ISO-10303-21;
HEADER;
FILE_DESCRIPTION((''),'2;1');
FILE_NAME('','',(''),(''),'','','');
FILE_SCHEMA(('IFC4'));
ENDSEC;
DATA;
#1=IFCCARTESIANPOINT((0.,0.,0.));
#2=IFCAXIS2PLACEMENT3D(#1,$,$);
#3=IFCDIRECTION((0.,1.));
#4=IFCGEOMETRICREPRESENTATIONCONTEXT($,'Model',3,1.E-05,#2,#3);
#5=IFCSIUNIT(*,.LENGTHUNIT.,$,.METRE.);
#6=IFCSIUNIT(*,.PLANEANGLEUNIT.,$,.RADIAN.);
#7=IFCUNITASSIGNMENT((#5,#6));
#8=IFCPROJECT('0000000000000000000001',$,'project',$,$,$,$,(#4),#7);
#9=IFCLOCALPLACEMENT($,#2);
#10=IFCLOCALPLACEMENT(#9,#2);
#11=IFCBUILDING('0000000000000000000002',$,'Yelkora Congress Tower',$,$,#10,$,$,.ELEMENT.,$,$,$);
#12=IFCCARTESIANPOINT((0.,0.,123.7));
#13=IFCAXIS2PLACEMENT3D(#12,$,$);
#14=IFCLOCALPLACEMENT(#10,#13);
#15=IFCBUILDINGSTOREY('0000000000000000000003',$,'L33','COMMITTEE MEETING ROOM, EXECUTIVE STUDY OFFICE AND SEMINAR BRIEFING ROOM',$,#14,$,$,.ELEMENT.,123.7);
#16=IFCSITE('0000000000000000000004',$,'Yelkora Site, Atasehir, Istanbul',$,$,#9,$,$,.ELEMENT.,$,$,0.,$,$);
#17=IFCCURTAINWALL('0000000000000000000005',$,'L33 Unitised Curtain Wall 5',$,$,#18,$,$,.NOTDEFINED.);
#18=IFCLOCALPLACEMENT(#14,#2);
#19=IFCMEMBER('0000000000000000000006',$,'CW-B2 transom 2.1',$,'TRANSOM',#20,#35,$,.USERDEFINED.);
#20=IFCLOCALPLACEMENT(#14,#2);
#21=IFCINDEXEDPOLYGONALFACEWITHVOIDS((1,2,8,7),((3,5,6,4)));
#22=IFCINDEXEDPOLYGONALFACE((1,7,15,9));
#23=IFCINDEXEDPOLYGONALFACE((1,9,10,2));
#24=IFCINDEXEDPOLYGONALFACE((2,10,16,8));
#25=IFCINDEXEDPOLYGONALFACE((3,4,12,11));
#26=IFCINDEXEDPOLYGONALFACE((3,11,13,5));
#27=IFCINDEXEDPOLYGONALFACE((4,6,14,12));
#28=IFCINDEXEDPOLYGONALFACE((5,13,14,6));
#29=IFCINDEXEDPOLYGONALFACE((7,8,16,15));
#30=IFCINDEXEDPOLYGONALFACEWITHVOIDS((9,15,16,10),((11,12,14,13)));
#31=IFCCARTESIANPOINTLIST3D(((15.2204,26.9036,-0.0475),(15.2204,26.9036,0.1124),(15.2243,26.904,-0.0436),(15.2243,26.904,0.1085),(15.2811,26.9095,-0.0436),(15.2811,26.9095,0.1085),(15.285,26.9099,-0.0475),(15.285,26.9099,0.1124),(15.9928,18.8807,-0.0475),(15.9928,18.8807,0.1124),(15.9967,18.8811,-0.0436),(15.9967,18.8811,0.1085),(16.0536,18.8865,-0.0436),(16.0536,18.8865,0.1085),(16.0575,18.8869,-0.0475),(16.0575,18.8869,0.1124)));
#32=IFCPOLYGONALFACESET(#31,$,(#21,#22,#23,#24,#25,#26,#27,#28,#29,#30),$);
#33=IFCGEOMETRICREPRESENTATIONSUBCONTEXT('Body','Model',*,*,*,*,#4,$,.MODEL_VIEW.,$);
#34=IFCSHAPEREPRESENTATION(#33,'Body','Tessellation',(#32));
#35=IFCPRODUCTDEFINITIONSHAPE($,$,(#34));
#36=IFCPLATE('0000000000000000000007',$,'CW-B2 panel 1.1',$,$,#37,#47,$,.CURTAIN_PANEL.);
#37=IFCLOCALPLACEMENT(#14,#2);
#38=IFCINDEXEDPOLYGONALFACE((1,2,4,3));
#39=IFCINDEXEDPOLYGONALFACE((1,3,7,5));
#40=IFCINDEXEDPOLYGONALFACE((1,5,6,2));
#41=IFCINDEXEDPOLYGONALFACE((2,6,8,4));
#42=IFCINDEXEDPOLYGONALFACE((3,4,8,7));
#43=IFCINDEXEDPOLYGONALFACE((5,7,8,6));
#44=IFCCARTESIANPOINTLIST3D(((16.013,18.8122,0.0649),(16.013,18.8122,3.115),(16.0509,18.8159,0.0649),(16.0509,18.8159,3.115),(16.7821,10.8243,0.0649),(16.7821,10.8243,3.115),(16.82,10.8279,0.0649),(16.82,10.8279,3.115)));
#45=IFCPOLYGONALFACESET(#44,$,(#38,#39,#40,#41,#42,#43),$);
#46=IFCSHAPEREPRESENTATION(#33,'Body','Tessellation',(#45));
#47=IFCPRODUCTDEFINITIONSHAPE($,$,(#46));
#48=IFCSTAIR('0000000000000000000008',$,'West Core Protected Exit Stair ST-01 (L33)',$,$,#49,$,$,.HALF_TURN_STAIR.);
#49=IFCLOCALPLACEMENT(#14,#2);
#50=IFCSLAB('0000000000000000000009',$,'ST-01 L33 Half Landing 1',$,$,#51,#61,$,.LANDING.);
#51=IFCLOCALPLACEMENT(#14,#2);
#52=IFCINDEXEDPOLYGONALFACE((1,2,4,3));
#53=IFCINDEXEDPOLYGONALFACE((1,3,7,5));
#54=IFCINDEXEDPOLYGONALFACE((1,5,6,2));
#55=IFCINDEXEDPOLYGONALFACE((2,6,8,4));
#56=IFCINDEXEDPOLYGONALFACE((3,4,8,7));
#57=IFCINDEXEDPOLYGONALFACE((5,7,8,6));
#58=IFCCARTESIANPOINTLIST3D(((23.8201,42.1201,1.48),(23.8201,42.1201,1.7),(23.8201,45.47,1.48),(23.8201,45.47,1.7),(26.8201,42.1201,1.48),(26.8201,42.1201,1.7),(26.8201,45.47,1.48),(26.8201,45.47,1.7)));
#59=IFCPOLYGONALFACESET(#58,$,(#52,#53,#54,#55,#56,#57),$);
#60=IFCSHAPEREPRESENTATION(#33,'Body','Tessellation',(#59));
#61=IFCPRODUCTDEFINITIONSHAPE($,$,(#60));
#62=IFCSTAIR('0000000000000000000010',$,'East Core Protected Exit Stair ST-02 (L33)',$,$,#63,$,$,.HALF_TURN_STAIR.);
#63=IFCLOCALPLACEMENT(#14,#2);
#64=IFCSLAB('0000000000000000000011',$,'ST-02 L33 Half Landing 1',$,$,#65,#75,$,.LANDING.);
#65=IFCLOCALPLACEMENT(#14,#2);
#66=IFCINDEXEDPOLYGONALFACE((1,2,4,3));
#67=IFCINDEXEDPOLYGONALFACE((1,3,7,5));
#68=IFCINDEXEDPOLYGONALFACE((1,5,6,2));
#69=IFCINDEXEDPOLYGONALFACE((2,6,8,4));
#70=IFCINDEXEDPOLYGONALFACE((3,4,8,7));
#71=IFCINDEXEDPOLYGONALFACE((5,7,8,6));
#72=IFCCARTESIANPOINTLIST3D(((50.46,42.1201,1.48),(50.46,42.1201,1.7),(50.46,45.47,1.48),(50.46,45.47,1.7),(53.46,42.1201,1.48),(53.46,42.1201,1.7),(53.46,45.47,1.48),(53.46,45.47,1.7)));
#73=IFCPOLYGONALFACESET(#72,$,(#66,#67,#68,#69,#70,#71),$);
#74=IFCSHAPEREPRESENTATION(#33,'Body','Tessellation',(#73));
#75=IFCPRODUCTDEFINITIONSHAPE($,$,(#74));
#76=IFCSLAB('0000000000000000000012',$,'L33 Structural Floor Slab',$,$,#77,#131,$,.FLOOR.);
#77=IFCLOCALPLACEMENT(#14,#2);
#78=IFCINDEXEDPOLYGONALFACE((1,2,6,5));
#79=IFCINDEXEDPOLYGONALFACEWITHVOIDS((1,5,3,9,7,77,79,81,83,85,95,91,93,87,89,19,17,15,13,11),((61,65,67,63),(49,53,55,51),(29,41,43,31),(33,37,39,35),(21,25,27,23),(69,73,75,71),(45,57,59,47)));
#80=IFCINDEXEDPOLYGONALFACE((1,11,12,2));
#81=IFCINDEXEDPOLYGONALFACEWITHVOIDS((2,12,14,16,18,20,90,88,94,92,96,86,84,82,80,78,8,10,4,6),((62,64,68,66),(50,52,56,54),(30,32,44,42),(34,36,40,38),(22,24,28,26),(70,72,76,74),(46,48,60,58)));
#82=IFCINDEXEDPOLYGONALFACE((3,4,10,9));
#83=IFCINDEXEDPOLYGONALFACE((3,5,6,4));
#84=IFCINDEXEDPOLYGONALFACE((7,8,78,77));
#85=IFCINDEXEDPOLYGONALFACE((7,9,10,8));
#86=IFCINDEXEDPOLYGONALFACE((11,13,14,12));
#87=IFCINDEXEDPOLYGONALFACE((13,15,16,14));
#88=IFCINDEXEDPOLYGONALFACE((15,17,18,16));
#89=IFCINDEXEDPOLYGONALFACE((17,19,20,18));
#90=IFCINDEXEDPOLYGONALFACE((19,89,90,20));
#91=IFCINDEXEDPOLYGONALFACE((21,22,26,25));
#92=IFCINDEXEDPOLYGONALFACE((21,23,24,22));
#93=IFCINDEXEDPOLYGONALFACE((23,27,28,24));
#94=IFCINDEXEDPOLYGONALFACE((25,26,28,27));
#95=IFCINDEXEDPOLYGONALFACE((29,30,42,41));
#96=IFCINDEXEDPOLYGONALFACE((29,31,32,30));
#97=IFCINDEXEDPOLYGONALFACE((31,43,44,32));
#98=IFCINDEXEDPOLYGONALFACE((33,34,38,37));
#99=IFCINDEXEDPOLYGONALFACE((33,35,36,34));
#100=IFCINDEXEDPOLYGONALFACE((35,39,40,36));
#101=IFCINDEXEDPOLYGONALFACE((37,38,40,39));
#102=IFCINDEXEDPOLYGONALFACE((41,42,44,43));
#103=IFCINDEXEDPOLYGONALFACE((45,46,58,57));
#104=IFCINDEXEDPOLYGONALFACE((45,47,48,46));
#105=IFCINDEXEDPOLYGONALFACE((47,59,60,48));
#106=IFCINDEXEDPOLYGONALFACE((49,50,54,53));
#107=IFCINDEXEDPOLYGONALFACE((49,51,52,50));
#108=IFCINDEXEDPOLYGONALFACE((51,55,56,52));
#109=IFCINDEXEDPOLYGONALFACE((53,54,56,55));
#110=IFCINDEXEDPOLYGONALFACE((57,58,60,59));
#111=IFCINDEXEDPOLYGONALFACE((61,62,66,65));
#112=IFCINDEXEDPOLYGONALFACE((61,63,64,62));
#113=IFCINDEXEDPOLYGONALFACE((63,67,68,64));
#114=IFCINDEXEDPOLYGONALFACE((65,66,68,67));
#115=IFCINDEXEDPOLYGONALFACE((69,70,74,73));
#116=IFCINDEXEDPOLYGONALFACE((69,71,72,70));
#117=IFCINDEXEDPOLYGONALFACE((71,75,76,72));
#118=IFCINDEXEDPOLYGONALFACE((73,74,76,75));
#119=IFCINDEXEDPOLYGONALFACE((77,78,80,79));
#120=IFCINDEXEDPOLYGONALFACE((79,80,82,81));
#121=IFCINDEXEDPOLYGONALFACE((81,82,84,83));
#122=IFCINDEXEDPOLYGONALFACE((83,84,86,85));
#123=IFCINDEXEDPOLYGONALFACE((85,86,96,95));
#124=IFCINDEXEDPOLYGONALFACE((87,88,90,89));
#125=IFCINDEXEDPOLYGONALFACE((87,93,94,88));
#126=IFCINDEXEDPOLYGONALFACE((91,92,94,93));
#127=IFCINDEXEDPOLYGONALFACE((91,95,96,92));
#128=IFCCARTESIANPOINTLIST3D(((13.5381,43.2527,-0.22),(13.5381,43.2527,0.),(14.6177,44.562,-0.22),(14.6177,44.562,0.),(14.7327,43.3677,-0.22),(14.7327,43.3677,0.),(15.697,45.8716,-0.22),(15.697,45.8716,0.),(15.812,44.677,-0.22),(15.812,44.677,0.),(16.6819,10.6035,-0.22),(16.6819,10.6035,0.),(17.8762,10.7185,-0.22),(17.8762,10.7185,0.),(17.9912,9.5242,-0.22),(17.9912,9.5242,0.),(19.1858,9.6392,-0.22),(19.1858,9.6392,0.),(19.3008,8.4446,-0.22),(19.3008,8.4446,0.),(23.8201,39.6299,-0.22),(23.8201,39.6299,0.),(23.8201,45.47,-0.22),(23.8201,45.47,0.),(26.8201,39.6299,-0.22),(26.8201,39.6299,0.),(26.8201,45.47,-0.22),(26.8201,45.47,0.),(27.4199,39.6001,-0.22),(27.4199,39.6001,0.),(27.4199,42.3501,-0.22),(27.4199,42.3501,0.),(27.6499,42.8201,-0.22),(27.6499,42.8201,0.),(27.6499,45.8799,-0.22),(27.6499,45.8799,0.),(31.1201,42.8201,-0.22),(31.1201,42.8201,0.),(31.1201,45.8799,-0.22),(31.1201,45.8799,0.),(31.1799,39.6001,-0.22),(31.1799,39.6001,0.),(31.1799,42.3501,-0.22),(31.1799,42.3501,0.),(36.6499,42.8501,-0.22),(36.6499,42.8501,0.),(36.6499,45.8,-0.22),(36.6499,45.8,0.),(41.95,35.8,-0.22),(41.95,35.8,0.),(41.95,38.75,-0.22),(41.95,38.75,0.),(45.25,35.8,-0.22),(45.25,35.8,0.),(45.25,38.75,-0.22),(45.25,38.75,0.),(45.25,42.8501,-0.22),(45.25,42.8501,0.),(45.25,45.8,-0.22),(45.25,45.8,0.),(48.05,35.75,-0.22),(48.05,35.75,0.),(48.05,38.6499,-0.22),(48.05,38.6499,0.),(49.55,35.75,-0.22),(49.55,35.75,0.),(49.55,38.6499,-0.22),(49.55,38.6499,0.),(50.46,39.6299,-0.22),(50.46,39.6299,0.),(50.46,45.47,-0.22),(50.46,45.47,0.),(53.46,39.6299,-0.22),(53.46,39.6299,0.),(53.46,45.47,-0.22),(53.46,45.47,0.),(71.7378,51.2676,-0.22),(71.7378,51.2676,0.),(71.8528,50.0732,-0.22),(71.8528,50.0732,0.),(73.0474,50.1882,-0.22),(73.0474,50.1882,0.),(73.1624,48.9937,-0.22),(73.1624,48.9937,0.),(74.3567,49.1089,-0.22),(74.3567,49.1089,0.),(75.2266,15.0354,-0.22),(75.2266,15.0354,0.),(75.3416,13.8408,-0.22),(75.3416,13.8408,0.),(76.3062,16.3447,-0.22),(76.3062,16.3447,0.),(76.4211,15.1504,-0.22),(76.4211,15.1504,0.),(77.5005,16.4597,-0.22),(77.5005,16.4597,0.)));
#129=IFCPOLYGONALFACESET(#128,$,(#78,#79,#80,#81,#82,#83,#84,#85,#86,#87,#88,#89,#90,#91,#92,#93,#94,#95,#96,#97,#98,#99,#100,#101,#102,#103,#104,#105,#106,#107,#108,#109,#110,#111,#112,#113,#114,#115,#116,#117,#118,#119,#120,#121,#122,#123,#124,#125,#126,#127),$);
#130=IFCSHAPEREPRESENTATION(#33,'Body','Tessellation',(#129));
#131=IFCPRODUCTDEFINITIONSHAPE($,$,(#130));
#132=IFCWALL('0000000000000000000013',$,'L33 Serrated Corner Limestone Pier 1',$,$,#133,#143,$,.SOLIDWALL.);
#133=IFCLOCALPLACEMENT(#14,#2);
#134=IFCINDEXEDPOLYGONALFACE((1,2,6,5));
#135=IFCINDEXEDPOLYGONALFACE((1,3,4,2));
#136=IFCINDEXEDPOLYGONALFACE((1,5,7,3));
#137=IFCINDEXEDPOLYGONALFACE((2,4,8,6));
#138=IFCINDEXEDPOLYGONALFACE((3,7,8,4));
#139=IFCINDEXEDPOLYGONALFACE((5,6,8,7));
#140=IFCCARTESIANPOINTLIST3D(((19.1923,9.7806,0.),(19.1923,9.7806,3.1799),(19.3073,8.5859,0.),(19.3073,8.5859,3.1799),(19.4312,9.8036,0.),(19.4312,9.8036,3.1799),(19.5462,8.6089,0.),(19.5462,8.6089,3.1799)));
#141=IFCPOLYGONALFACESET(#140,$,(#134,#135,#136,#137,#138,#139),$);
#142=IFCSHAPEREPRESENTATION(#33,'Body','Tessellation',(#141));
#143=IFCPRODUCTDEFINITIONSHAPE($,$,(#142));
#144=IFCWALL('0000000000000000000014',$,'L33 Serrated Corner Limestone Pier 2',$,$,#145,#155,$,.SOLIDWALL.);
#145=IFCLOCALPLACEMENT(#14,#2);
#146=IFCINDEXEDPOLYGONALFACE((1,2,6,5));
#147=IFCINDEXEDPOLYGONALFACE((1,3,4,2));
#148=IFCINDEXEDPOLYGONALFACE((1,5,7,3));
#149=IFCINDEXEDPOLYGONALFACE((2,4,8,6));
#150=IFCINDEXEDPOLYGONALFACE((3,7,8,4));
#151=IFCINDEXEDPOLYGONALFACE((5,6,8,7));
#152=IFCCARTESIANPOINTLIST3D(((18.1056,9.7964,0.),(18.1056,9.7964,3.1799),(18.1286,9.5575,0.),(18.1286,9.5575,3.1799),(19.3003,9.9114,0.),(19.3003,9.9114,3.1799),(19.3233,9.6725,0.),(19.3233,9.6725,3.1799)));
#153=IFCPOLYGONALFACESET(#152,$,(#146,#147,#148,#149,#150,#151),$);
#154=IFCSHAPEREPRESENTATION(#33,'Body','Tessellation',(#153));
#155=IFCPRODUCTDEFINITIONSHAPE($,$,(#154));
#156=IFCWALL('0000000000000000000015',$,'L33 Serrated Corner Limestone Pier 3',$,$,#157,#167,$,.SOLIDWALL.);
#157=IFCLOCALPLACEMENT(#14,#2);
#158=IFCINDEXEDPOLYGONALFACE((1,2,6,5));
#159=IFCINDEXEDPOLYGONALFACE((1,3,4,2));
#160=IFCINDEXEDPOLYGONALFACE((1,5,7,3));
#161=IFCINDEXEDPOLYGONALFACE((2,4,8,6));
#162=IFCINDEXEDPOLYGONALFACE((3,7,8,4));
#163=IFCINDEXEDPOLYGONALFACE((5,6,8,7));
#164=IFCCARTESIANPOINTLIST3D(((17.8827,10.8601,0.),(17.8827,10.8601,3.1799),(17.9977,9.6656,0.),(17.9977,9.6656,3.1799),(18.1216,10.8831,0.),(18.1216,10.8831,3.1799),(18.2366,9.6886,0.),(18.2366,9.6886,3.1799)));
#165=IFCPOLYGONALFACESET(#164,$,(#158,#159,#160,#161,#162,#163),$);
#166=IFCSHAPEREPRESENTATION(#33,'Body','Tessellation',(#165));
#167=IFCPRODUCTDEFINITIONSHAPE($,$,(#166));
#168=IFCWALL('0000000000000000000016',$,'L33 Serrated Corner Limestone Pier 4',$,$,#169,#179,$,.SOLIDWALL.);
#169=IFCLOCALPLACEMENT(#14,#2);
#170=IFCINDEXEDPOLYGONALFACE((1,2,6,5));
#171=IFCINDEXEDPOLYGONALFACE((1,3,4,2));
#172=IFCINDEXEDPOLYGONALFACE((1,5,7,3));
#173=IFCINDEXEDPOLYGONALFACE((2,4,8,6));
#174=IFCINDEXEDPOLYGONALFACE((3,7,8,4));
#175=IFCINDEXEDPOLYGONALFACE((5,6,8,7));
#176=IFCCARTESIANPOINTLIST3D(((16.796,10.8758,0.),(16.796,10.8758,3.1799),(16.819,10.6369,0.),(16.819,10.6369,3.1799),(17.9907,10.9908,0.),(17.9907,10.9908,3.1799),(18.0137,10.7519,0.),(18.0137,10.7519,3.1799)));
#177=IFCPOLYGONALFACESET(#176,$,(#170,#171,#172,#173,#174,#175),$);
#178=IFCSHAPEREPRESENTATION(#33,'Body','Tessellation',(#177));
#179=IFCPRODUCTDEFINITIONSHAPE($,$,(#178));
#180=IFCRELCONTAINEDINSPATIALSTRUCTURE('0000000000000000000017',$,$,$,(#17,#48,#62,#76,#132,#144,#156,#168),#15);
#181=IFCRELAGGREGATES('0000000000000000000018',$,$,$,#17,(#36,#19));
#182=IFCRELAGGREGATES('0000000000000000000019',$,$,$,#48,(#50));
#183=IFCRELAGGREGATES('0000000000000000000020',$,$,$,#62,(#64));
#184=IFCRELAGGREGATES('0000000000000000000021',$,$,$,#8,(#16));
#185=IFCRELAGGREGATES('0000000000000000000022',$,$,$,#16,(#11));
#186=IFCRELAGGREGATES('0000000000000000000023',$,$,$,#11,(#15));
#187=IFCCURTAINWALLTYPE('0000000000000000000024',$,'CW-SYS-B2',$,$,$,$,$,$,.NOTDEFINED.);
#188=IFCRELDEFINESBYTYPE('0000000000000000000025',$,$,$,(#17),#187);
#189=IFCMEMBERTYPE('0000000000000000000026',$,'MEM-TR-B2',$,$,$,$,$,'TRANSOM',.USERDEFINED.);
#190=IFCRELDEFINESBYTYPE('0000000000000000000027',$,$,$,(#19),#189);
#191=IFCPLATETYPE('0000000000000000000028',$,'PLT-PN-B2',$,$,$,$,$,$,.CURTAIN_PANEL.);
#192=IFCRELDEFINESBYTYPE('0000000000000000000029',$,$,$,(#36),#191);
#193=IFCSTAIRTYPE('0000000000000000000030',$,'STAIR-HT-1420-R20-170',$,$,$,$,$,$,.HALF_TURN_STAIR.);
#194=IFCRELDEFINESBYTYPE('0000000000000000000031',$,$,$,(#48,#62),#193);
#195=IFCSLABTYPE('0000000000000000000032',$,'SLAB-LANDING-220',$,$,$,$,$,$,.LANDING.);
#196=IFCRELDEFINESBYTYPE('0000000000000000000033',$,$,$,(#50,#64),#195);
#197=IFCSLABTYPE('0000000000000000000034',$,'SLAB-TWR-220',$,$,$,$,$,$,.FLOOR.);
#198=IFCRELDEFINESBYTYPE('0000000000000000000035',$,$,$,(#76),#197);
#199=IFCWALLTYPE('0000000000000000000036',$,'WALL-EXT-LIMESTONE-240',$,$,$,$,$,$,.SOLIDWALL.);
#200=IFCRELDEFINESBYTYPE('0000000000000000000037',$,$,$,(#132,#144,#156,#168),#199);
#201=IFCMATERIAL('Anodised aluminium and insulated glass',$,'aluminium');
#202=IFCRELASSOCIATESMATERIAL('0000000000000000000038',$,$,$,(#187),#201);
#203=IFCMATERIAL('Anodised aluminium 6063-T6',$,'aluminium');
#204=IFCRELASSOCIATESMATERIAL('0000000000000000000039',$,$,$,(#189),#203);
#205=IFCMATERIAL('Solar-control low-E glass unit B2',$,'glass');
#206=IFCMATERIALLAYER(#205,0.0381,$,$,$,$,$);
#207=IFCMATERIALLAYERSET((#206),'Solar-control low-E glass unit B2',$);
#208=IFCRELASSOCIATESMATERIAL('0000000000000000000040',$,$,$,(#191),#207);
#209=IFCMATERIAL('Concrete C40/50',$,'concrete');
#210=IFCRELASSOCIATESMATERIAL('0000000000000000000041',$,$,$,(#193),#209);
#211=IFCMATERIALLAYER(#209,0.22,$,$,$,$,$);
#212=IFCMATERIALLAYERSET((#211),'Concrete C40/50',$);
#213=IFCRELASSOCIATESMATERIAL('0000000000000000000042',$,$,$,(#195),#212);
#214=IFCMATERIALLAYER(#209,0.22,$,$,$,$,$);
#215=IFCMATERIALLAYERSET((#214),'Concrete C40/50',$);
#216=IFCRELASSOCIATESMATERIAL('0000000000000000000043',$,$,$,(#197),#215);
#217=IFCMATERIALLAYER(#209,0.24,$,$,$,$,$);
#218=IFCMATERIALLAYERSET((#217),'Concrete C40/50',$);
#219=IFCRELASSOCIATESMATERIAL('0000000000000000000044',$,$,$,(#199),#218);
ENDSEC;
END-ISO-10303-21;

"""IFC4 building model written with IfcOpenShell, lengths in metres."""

from ifc_helpers import new_model, si_unit, direction, frame, frame_2d, origin, origin_2d, place, context, subcontext, project, spatial, polyline, rectangle, hollow_rectangle, outline, extrude, material, layer, layer_set, material_profile, profile_set, type_object, element, aggregate, save


model = new_model("IFC4")

# Units and contexts
model_context = context("Model", 3, precision=1e-05, world=origin(), true_north=direction((0.0, 1.0)))
body_context = subcontext(model_context, "Body", "Model", "MODEL_VIEW")
ifc_project = project(units=[si_unit("LENGTHUNIT", "METRE"), si_unit("PLANEANGLEUNIT", "RADIAN")], contexts=[model_context])

# Site, building, storey
site_placement = place(None, origin())
site = spatial("IfcSite", under=ifc_project, at=site_placement, Name="Yelkora Site, Atasehir, Istanbul", CompositionType="ELEMENT", RefElevation=0.0)
building_placement = place(site_placement, origin())
building = spatial("IfcBuilding", under=site, at=building_placement, Name="Yelkora Congress Tower", CompositionType="ELEMENT")
storey_placement = place(building_placement, frame((0.0, 0.0, 123.7)))
storey = spatial("IfcBuildingStorey", under=building, at=storey_placement, Name="L33", Description="COMMITTEE MEETING ROOM, EXECUTIVE STUDY OFFICE AND SEMINAR BRIEFING ROOM", CompositionType="ELEMENT", Elevation=123.7)

# Curtain wall
ifc_material_1 = material(Name="Anodised aluminium and insulated glass", Category="aluminium")
curtain_wall_type = type_object("IfcCurtainWallType", Name="CW-SYS-B2", PredefinedType="NOTDEFINED", material=ifc_material_1)
curtain_wall_1_placement = place(storey_placement, origin())
curtain_wall_1 = element("IfcCurtainWall", 1, at=curtain_wall_1_placement, inside=storey, type_object=curtain_wall_type, Name="L33 Unitised Curtain Wall 5", PredefinedType="NOTDEFINED")
ifc_material_2 = material(Name="Anodised aluminium 6063-T6", Category="aluminium")

# Member
ifc_material_profile_1 = material_profile(ifc_material_2, hollow_rectangle(XDim=0.0649, YDim=0.1599, WallThickness=0.0039, at=origin_2d()), Name="ALU 65x160x4")
ifc_profile_set_1 = profile_set([ifc_material_profile_1], Name="Anodised aluminium 6063-T6")
member_type_1 = type_object("IfcMemberType", Name="MEM-TR-B2", ElementType="TRANSOM", PredefinedType="USERDEFINED", material=ifc_profile_set_1)
member_1_placement = place(storey_placement, frame((16.0251, 18.8838, 0.0325), z_axis=(-0.095838, 0.995397, 0.0), x_axis=(-0.995397, -0.095838, 0.0)))
member_1 = element("IfcMember", 2, at=member_1_placement, type_object=member_type_1, Name="CW-B2 transom 2.1", ObjectType="TRANSOM", PredefinedType="USERDEFINED", context=body_context, shape_type="SweptSolid", body=[
    extrude(hollow_rectangle(XDim=0.0649, YDim=0.1599, WallThickness=0.0039, at=origin_2d()), origin(), (0.0, 0.0, 1.0), 8.0601),
])

# Plate
ifc_material_3 = material(Name="Solar-control low-E glass unit B2", Category="glass")
ifc_layer_1 = layer(ifc_material_3, 0.0381)
ifc_layer_set_1 = layer_set([ifc_layer_1], Name="Solar-control low-E glass unit B2")
plate_type = type_object("IfcPlateType", Name="PLT-PN-B2", PredefinedType="CURTAIN_PANEL", material=ifc_layer_set_1)
plate_placement = place(storey_placement, frame((16.4165, 14.8201, 0.0649), z_axis=(0.0, 0.0, 1.0), x_axis=(-0.095843, 0.995397, 0.0)))
plate = element("IfcPlate", 3, at=plate_placement, type_object=plate_type, Name="CW-B2 panel 1.1", PredefinedType="CURTAIN_PANEL", context=body_context, shape_type="SweptSolid", body=[
    extrude(rectangle(XDim=8.0249, YDim=0.0381, at=origin_2d()), origin(), (0.0, 0.0, 1.0), 3.05),
])
aggregate(curtain_wall_1, [plate, member_1])

# Stairs, slabs
ifc_material_4 = material(Name="Concrete C40/50", Category="concrete")
stair_type = type_object("IfcStairType", Name="STAIR-HT-1420-R20-170", PredefinedType="HALF_TURN_STAIR", material=ifc_material_4)
stair_1_placement = place(storey_placement, origin())
stair_1 = element("IfcStair", 4, at=stair_1_placement, inside=storey, type_object=stair_type, Name="West Core Protected Exit Stair ST-01 (L33)", PredefinedType="HALF_TURN_STAIR")
ifc_layer_2 = layer(ifc_material_4, 0.22)
ifc_layer_set_2 = layer_set([ifc_layer_2], Name="Concrete C40/50")
slab_type_1 = type_object("IfcSlabType", Name="SLAB-LANDING-220", PredefinedType="LANDING", material=ifc_layer_set_2)
slab_1_placement = place(storey_placement, frame((0.0, 0.0, 1.48)))
slab_1 = element("IfcSlab", 5, at=slab_1_placement, type_object=slab_type_1, Name="ST-01 L33 Half Landing 1", PredefinedType="LANDING", context=body_context, shape_type="SweptSolid", body=[
    extrude(outline(polyline([(26.8201, 42.1201), (26.8201, 45.47), (23.8201, 45.47), (23.8201, 42.1201), (26.8201, 42.1201)])), origin(), (0.0, 0.0, 1.0), 0.22),
])
aggregate(stair_1, [slab_1])
stair_2_placement = place(storey_placement, origin())
stair_2 = element("IfcStair", 6, at=stair_2_placement, inside=storey, type_object=stair_type, Name="East Core Protected Exit Stair ST-02 (L33)", PredefinedType="HALF_TURN_STAIR")
slab_2_placement = place(storey_placement, frame((0.0, 0.0, 1.48)))
slab_2 = element("IfcSlab", 7, at=slab_2_placement, type_object=slab_type_1, Name="ST-02 L33 Half Landing 1", PredefinedType="LANDING", context=body_context, shape_type="SweptSolid", body=[
    extrude(outline(polyline([(53.46, 42.1201), (53.46, 45.47), (50.46, 45.47), (50.46, 42.1201), (53.46, 42.1201)])), origin(), (0.0, 0.0, 1.0), 0.22),
])
aggregate(stair_2, [slab_2])

# Slab
ifc_layer_3 = layer(ifc_material_4, 0.22)
ifc_layer_set_3 = layer_set([ifc_layer_3], Name="Concrete C40/50")
slab_type_2 = type_object("IfcSlabType", Name="SLAB-TWR-220", PredefinedType="FLOOR", material=ifc_layer_set_3)
slab_3_placement = place(storey_placement, frame((0.0, 0.0, -0.22)))
element("IfcSlab", 8, at=slab_3_placement, inside=storey, type_object=slab_type_2, Name="L33 Structural Floor Slab", PredefinedType="FLOOR", context=body_context, shape_type="SweptSolid", body=[
    extrude(outline(polyline([(19.3008, 8.4446), (75.3416, 13.8408), (75.2266, 15.0354), (76.4211, 15.1504), (76.3062, 16.3447), (77.5005, 16.4597), (74.3567, 49.1089), (73.1624, 48.9937), (73.0474, 50.1882), (71.8528, 50.0732), (71.7378, 51.2676), (15.697, 45.8716), (15.812, 44.677), (14.6177, 44.562), (14.7327, 43.3677), (13.5381, 43.2527), (16.6819, 10.6035), (17.8762, 10.7185), (17.9912, 9.5242), (19.1858, 9.6392), (19.3008, 8.4446)]), holes=[polyline([(23.8201, 39.6299), (26.8201, 39.6299), (26.8201, 45.47), (23.8201, 45.47), (23.8201, 39.6299)]), polyline([(50.46, 39.6299), (53.46, 39.6299), (53.46, 45.47), (50.46, 45.47), (50.46, 39.6299)]), polyline([(48.05, 35.75), (49.55, 35.75), (49.55, 38.6499), (48.05, 38.6499), (48.05, 35.75)]), polyline([(36.6499, 42.8501), (45.25, 42.8501), (45.25, 45.8), (36.6499, 45.8), (36.6499, 42.8501)]), polyline([(41.95, 35.8), (45.25, 35.8), (45.25, 38.75), (41.95, 38.75), (41.95, 35.8)]), polyline([(27.4199, 39.6001), (31.1799, 39.6001), (31.1799, 42.3501), (27.4199, 42.3501), (27.4199, 39.6001)]), polyline([(27.6499, 42.8201), (31.1201, 42.8201), (31.1201, 45.8799), (27.6499, 45.8799), (27.6499, 42.8201)])]), origin(), (0.0, 0.0, 1.0), 0.22),
])

# Walls
ifc_layer_4 = layer(ifc_material_4, 0.24)
ifc_layer_set_4 = layer_set([ifc_layer_4], Name="Concrete C40/50")
wall_type = type_object("IfcWallType", Name="WALL-EXT-LIMESTONE-240", PredefinedType="SOLIDWALL", material=ifc_layer_set_4)
for number, where, z_axis, x_axis, name in (
    (9, (19.4268, 8.5974, 0.0), (0.0, 0.0, 1.0), (-0.095817, 0.995399, 0.0), "L33 Serrated Corner Limestone Pier 1"),
    (10, (19.3118, 9.792, 0.0), (0.0, 0.0, 1.0), (-0.995399, -0.095817, 0.0), "L33 Serrated Corner Limestone Pier 2"),
):
    element("IfcWall", number, at=place(storey_placement, frame(where, z_axis=z_axis, x_axis=x_axis)), inside=storey, type_object=wall_type, Name=name, PredefinedType="SOLIDWALL", context=body_context, shape_type="SweptSolid", body=[
        extrude(rectangle(XDim=1.2002, YDim=0.24, at=frame_2d((0.6001, 0.0))), origin(), (0.0, 0.0, 1.0), 3.1799),
    ])
wall_1_placement = place(storey_placement, frame((18.1172, 9.677, 0.0), z_axis=(0.0, 0.0, 1.0), x_axis=(-0.095836, 0.995397, 0.0)))
element("IfcWall", 11, at=wall_1_placement, inside=storey, type_object=wall_type, Name="L33 Serrated Corner Limestone Pier 3", PredefinedType="SOLIDWALL", context=body_context, shape_type="SweptSolid", body=[
    extrude(rectangle(XDim=1.2, YDim=0.24, at=frame_2d((0.6001, 0.0))), origin(), (0.0, 0.0, 1.0), 3.1799),
])
wall_2_placement = place(storey_placement, frame((18.0022, 10.8713, 0.0), z_axis=(0.0, 0.0, 1.0), x_axis=(-0.995399, -0.095817, 0.0)))
element("IfcWall", 12, at=wall_2_placement, inside=storey, type_object=wall_type, Name="L33 Serrated Corner Limestone Pier 4", PredefinedType="SOLIDWALL", context=body_context, shape_type="SweptSolid", body=[
    extrude(rectangle(XDim=1.2002, YDim=0.24, at=frame_2d((0.6001, 0.0))), origin(), (0.0, 0.0, 1.0), 3.1799),
])

save(model, "model.ifc")
